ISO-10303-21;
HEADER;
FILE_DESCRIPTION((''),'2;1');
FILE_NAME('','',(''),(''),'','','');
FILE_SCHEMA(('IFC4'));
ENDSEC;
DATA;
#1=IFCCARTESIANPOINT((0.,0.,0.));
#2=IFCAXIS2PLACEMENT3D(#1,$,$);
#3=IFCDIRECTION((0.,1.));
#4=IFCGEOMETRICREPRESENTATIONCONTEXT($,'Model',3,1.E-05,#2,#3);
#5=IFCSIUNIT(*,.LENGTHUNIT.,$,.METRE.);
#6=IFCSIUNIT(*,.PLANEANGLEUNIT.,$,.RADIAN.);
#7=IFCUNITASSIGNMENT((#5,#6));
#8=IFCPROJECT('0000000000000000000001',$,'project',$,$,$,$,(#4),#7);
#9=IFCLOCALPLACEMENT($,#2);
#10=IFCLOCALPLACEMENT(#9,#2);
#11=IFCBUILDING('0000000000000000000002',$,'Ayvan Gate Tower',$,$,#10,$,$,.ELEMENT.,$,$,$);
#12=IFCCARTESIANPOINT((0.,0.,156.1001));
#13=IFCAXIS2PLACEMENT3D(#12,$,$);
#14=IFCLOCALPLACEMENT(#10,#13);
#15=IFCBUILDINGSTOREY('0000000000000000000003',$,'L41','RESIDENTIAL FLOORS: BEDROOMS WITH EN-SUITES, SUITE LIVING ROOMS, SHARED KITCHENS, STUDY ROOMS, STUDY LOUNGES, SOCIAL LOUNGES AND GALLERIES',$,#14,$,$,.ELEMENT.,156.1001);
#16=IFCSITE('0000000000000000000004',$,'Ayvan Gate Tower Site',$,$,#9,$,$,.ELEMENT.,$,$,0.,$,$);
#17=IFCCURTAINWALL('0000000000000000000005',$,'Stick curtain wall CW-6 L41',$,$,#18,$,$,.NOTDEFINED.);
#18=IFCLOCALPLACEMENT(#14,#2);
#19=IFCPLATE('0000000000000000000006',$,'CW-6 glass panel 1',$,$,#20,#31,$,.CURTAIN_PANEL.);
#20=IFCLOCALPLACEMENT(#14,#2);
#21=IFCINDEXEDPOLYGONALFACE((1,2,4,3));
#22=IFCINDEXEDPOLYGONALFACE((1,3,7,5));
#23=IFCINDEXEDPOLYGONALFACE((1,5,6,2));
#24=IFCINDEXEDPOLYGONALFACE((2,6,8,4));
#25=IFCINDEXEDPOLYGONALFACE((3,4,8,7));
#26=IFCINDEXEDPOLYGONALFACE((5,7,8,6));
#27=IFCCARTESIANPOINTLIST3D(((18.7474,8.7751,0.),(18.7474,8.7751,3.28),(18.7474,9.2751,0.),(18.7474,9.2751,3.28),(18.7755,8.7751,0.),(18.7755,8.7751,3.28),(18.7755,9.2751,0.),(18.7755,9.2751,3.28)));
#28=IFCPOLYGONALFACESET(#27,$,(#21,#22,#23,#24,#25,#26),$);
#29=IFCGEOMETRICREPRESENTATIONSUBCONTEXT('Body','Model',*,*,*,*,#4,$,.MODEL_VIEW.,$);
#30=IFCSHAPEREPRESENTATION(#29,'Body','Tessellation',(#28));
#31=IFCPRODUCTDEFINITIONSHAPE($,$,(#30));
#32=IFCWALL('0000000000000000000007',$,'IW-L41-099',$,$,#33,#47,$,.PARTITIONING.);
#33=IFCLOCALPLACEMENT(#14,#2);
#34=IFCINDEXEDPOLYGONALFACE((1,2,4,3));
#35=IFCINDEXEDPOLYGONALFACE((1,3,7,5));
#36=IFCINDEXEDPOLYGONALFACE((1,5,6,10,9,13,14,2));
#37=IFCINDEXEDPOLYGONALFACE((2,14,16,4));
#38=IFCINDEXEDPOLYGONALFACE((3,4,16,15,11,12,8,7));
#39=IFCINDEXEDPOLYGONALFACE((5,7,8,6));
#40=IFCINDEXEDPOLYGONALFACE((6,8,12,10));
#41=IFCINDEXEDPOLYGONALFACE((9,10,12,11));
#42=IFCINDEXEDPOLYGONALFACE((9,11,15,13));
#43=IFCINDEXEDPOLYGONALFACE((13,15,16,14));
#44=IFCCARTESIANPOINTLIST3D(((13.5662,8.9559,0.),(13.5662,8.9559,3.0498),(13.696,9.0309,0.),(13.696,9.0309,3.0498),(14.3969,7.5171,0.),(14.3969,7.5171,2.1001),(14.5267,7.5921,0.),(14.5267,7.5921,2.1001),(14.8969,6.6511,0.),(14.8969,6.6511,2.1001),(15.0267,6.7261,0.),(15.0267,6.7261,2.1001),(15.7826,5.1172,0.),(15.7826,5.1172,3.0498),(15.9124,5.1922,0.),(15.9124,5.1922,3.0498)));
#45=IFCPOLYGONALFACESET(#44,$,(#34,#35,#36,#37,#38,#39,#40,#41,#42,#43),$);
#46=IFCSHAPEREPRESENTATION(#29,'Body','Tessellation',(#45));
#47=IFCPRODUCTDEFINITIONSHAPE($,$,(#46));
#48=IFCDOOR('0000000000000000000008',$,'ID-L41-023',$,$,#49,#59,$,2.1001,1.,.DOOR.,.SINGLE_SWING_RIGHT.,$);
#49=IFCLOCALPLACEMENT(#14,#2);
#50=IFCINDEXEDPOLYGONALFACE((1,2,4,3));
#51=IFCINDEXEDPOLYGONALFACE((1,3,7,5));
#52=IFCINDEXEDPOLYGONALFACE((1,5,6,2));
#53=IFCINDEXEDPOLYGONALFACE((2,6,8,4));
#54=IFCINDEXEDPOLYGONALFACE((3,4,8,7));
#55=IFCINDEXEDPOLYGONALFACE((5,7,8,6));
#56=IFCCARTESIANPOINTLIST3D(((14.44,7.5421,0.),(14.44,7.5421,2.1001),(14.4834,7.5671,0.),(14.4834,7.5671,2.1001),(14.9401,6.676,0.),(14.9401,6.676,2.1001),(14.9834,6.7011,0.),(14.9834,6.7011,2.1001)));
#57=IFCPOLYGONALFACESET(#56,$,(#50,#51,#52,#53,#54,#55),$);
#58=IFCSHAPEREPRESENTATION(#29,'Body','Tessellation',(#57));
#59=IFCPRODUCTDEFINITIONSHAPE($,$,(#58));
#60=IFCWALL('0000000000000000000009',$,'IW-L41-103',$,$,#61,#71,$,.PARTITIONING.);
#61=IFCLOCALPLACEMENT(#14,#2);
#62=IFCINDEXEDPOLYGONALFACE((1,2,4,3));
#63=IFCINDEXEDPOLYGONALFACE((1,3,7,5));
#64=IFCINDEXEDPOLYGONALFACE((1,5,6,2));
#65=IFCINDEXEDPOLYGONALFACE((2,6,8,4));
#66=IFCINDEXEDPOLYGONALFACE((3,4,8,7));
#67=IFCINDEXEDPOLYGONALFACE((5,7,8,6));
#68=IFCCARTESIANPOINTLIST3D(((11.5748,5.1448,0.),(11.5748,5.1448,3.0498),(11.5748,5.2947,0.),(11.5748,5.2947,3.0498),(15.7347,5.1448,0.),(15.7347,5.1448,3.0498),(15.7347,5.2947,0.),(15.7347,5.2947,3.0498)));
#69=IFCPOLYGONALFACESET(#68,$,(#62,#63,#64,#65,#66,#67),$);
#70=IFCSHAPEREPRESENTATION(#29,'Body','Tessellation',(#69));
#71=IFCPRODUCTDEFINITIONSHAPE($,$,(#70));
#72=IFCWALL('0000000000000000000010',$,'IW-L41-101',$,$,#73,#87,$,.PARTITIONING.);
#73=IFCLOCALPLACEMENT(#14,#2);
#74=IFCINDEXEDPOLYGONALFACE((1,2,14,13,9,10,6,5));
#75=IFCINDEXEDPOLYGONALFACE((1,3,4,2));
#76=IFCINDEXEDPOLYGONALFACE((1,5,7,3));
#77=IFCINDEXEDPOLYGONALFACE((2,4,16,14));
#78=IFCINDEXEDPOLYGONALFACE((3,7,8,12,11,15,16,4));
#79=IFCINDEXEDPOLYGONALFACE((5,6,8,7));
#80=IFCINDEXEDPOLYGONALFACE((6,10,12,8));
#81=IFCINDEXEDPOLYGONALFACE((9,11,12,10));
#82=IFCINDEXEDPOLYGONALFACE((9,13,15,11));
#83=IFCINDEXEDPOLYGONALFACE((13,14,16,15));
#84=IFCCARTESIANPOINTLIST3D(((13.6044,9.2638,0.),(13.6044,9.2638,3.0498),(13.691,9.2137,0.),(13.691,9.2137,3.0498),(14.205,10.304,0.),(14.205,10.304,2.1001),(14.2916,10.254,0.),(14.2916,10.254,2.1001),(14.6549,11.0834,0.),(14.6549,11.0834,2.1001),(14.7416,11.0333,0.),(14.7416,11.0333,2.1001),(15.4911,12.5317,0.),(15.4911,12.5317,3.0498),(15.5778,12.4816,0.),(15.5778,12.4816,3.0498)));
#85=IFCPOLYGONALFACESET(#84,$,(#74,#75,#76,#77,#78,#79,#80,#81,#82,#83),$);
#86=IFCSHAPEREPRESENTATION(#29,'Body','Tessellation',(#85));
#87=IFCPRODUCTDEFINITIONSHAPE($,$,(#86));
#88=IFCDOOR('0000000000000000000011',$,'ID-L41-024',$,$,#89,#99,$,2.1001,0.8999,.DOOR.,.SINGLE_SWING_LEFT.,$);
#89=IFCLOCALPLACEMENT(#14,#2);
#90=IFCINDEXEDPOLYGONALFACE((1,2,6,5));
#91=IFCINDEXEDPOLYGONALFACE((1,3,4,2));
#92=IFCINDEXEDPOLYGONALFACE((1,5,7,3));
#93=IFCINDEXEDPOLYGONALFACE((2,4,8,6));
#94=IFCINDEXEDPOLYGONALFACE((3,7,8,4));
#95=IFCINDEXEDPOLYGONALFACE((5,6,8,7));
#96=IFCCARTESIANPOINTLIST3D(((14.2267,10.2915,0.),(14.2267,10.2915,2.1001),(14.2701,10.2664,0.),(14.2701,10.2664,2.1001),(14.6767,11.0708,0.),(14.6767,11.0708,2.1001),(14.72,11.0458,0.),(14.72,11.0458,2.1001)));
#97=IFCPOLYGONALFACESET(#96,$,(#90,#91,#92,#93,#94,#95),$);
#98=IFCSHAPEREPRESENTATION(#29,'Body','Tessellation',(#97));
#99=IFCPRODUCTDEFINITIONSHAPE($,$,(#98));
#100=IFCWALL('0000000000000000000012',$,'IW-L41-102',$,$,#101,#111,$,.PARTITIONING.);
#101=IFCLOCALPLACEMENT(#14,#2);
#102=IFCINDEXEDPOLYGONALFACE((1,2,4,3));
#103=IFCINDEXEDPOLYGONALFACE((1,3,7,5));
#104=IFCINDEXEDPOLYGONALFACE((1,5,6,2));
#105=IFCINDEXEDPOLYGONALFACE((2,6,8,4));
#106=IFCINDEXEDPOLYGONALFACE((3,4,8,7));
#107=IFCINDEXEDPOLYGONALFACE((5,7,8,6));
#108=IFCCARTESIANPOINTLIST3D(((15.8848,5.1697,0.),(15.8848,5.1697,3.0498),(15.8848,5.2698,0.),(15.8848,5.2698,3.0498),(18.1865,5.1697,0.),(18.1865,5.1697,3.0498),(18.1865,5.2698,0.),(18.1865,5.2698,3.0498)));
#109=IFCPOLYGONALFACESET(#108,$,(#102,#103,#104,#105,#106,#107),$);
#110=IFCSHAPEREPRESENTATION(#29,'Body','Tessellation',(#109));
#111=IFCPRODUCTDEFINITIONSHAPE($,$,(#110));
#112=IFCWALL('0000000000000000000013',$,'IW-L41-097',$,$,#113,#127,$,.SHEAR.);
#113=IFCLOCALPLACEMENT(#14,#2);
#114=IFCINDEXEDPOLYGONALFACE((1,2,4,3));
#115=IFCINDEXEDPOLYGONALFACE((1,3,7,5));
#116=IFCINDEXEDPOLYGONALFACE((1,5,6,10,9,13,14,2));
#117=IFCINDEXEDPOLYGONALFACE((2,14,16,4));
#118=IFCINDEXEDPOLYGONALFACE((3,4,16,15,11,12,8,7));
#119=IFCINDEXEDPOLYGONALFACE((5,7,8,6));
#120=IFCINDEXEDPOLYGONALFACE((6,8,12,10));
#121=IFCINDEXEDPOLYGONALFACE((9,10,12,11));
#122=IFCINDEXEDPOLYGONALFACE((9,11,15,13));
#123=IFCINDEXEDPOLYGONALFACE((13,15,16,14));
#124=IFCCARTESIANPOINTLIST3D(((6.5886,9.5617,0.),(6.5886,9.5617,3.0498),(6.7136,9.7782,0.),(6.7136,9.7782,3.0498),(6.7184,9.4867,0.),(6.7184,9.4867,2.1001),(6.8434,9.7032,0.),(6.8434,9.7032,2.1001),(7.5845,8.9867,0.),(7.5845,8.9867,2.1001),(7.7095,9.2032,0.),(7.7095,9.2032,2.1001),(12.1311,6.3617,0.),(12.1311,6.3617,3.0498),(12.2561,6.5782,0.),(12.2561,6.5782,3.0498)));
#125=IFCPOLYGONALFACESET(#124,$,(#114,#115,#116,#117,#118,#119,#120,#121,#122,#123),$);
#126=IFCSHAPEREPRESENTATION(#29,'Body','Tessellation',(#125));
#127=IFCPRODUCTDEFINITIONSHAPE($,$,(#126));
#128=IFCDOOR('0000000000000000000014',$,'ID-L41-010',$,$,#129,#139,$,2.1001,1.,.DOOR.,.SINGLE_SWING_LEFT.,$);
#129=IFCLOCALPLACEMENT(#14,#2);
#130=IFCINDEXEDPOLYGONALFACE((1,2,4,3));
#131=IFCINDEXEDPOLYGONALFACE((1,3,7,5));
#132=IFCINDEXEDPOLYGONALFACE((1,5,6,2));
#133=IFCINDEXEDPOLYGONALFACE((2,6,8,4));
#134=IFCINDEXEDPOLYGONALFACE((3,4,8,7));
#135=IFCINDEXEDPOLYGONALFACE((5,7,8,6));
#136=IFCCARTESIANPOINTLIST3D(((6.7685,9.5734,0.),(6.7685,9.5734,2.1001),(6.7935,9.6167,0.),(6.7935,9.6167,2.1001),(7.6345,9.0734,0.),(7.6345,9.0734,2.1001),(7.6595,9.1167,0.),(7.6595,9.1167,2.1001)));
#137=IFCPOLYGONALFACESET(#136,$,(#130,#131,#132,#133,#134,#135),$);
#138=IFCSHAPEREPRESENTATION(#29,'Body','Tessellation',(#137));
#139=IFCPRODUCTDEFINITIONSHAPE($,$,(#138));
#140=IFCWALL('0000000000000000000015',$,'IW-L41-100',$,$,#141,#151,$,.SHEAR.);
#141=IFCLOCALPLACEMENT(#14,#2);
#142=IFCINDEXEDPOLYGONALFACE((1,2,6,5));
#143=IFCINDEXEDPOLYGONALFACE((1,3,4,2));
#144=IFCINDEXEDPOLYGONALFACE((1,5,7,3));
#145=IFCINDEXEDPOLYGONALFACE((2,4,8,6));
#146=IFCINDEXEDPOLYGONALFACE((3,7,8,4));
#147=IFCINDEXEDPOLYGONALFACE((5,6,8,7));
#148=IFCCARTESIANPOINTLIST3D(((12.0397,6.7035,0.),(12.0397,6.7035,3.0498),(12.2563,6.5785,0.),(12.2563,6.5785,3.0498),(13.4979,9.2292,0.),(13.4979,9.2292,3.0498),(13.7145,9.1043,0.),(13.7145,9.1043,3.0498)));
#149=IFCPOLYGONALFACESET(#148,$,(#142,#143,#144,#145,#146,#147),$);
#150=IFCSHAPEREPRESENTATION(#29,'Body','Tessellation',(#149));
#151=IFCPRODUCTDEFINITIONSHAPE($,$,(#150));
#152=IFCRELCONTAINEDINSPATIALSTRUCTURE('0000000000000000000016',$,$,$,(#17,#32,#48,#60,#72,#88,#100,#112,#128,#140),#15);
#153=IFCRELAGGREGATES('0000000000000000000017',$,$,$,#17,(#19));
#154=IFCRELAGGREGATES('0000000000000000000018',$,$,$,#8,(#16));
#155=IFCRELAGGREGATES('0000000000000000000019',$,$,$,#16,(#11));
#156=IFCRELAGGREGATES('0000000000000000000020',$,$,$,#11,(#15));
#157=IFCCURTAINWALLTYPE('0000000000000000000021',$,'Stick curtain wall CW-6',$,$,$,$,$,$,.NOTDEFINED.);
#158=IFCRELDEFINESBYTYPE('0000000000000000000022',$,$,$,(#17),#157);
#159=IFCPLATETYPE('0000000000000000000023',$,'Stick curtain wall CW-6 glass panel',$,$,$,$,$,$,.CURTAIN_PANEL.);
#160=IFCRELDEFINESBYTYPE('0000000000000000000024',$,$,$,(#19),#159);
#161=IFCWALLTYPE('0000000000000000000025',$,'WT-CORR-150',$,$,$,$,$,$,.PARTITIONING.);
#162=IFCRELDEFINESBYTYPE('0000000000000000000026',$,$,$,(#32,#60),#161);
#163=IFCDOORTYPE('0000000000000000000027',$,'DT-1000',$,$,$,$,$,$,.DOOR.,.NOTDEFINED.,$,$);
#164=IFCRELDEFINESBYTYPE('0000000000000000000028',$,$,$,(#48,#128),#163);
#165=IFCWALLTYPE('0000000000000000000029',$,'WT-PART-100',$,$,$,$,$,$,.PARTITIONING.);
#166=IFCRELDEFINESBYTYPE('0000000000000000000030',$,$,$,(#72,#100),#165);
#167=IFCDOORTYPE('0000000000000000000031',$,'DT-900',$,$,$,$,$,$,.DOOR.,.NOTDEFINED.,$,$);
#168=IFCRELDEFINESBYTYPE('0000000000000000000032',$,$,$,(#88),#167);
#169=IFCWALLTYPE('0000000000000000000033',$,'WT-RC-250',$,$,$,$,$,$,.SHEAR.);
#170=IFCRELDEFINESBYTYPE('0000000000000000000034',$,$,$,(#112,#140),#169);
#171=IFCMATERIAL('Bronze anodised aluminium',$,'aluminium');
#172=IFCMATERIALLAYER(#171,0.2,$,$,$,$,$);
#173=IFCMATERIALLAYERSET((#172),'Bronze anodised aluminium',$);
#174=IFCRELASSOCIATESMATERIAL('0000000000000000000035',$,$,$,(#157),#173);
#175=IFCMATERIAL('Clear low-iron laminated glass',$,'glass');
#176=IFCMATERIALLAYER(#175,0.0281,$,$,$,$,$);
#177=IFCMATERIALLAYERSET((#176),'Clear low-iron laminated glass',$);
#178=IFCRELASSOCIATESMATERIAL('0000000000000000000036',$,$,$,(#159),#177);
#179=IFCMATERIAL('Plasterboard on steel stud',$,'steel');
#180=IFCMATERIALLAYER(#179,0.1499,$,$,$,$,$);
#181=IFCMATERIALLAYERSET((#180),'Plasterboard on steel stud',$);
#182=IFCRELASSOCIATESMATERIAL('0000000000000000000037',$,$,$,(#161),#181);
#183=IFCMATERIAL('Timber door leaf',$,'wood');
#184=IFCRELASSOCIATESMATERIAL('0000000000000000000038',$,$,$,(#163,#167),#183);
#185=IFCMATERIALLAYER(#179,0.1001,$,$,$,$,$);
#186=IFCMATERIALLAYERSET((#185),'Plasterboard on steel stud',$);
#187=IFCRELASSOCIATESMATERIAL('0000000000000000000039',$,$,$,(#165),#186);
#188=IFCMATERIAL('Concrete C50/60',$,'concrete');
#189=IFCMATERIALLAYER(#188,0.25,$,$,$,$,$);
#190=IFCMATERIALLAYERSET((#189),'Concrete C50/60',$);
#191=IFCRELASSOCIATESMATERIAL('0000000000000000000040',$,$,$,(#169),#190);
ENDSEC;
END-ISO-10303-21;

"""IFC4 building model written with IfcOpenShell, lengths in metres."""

from ifc_helpers import new_model, si_unit, direction, frame, frame_2d, origin, origin_2d, place, context, subcontext, project, spatial, rectangle, extrude, material, layer, layer_set, type_object, element, fill, aggregate, save


model = new_model("IFC4")

# Units and contexts
model_context = context("Model", 3, precision=1e-05, world=origin(), true_north=direction((0.0, 1.0)))
body_context = subcontext(model_context, "Body", "Model", "MODEL_VIEW")
ifc_project = project(units=[si_unit("LENGTHUNIT", "METRE"), si_unit("PLANEANGLEUNIT", "RADIAN")], contexts=[model_context])

# Site, building, storey
site_placement = place(None, origin())
site = spatial("IfcSite", under=ifc_project, at=site_placement, Name="Ayvan Gate Tower Site", CompositionType="ELEMENT", RefElevation=0.0)
building_placement = place(site_placement, origin())
building = spatial("IfcBuilding", under=site, at=building_placement, Name="Ayvan Gate Tower", CompositionType="ELEMENT")
storey_placement = place(building_placement, frame((0.0, 0.0, 156.1001)))
storey = spatial("IfcBuildingStorey", under=building, at=storey_placement, Name="L41", Description="RESIDENTIAL FLOORS: BEDROOMS WITH EN-SUITES, SUITE LIVING ROOMS, SHARED KITCHENS, STUDY ROOMS, STUDY LOUNGES, SOCIAL LOUNGES AND GALLERIES", CompositionType="ELEMENT", Elevation=156.1001)

# Curtain wall
ifc_material_1 = material(Name="Bronze anodised aluminium", Category="aluminium")
ifc_layer_1 = layer(ifc_material_1, 0.2)
ifc_layer_set_1 = layer_set([ifc_layer_1], Name="Bronze anodised aluminium")
curtain_wall_type_1 = type_object("IfcCurtainWallType", Name="Stick curtain wall CW-6", PredefinedType="NOTDEFINED", material=ifc_layer_set_1)
curtain_wall_1_placement = place(storey_placement, origin())
curtain_wall_1 = element("IfcCurtainWall", 1, at=curtain_wall_1_placement, inside=storey, type_object=curtain_wall_type_1, Name="Stick curtain wall CW-6 L41", PredefinedType="NOTDEFINED")

# Plate
ifc_material_2 = material(Name="Clear low-iron laminated glass", Category="glass")
ifc_layer_2 = layer(ifc_material_2, 0.0281)
ifc_layer_set_2 = layer_set([ifc_layer_2], Name="Clear low-iron laminated glass")
plate_type_1 = type_object("IfcPlateType", Name="Stick curtain wall CW-6 glass panel", PredefinedType="CURTAIN_PANEL", material=ifc_layer_set_2)
plate_1_placement = place(storey_placement, frame((18.7615, 9.0251, 0.0), z_axis=(0.0, 0.0, 1.0), x_axis=(0.0, 1.0, 0.0)))
plate_1 = element("IfcPlate", 2, at=plate_1_placement, type_object=plate_type_1, Name="CW-6 glass panel 1", PredefinedType="CURTAIN_PANEL", context=body_context, shape_type="SweptSolid", body=[
    extrude(rectangle(XDim=0.5, YDim=0.0281, at=origin_2d()), origin(), (0.0, 0.0, 1.0), 3.28),
])
aggregate(curtain_wall_1, [plate_1])

# Wall, opening, door
ifc_material_3 = material(Name="Plasterboard on steel stud", Category="steel")
ifc_layer_3 = layer(ifc_material_3, 0.1499)
ifc_layer_set_3 = layer_set([ifc_layer_3], Name="Plasterboard on steel stud")
wall_type_1 = type_object("IfcWallType", Name="WT-CORR-150", PredefinedType="PARTITIONING", material=ifc_layer_set_3)
wall_1_placement = place(storey_placement, frame((13.6311, 8.9934, 0.0), z_axis=(0.0, 0.0, 1.0), x_axis=(0.500013, -0.866018, 0.0)))
wall_1 = element("IfcWall", 3, at=wall_1_placement, inside=storey, type_object=wall_type_1, Name="IW-L41-099", PredefinedType="PARTITIONING", context=body_context, shape_type="SweptSolid", body=[
    extrude(rectangle(XDim=4.4326, YDim=0.1499, at=frame_2d((2.2163, 0.0))), origin(), (0.0, 0.0, 1.0), 3.0498),
])
opening_1_placement = place(wall_1_placement, frame((1.6614, 0.0, 0.0)))
opening_1 = element("IfcOpeningElement", 4, at=opening_1_placement, cuts=wall_1, PredefinedType="OPENING", context=body_context, shape_type="SweptSolid", body=[
    extrude(rectangle(XDim=1.0, YDim=2.1001, at=frame_2d((0.5, 1.05))), frame((0.0, 0.085, 0.0), z_axis=(0.0, -1.0, 0.0), x_axis=(1.0, 0.0, 0.0)), (0.0, 0.0, 1.0), 0.1699),
])
ifc_material_4 = material(Name="Timber door leaf", Category="wood")
door_type_1 = type_object("IfcDoorType", Name="DT-1000", OperationType="NOTDEFINED", PredefinedType="DOOR", material=ifc_material_4)
door_1_placement = place(opening_1_placement, origin())
door_1 = element("IfcDoor", 5, at=door_1_placement, inside=storey, type_object=door_type_1, Name="ID-L41-023", OperationType="SINGLE_SWING_RIGHT", OverallHeight=2.1001, OverallWidth=1.0, PredefinedType="DOOR", context=body_context, shape_type="SweptSolid", body=[
    extrude(rectangle(XDim=1.0, YDim=2.1001, at=frame_2d((0.5, 1.05))), frame((0.0, 0.0249, 0.0), z_axis=(0.0, -1.0, 0.0), x_axis=(1.0, 0.0, 0.0)), (0.0, 0.0, 1.0), 0.05),
])
fill(opening_1, door_1)

# Wall
wall_2_placement = place(storey_placement, frame((15.7349, 5.2197, 0.0), z_axis=(0.0, 0.0, 1.0), x_axis=(-1.0, 0.0, 0.0)))
element("IfcWall", 6, at=wall_2_placement, inside=storey, type_object=wall_type_1, Name="IW-L41-103", PredefinedType="PARTITIONING", context=body_context, shape_type="SweptSolid", body=[
    extrude(rectangle(XDim=4.1599, YDim=0.1499, at=frame_2d((2.0801, 0.0))), origin(), (0.0, 0.0, 1.0), 3.0498),
])

# Wall, opening, door
ifc_layer_4 = layer(ifc_material_3, 0.1001)
ifc_layer_set_4 = layer_set([ifc_layer_4], Name="Plasterboard on steel stud")
wall_type_2 = type_object("IfcWallType", Name="WT-PART-100", PredefinedType="PARTITIONING", material=ifc_layer_set_4)
wall_3_placement = place(storey_placement, frame((13.6477, 9.2388, 0.0), z_axis=(0.0, 0.0, 1.0), x_axis=(0.500008, 0.866021, 0.0)))
wall_3 = element("IfcWall", 7, at=wall_3_placement, inside=storey, type_object=wall_type_2, Name="IW-L41-101", PredefinedType="PARTITIONING", context=body_context, shape_type="SweptSolid", body=[
    extrude(rectangle(XDim=3.7734, YDim=0.1001, at=frame_2d((1.8867, 0.0))), origin(), (0.0, 0.0, 1.0), 3.0498),
])
opening_2_placement = place(wall_3_placement, frame((1.2012, 0.0, 0.0)))
opening_2 = element("IfcOpeningElement", 8, at=opening_2_placement, cuts=wall_3, PredefinedType="OPENING", context=body_context, shape_type="SweptSolid", body=[
    extrude(rectangle(XDim=0.8999, YDim=2.1001, at=frame_2d((0.45, 1.05))), frame((0.0, 0.0601, 0.0), z_axis=(0.0, -1.0, 0.0), x_axis=(1.0, 0.0, 0.0)), (0.0, 0.0, 1.0), 0.1201),
])
door_type_2 = type_object("IfcDoorType", Name="DT-900", OperationType="NOTDEFINED", PredefinedType="DOOR", material=ifc_material_4)
door_2_placement = place(opening_2_placement, origin())
door_2 = element("IfcDoor", 9, at=door_2_placement, inside=storey, type_object=door_type_2, Name="ID-L41-024", OperationType="SINGLE_SWING_LEFT", OverallHeight=2.1001, OverallWidth=0.8999, PredefinedType="DOOR", context=body_context, shape_type="SweptSolid", body=[
    extrude(rectangle(XDim=0.8999, YDim=2.1001, at=frame_2d((0.45, 1.05))), frame((0.0, 0.0249, 0.0), z_axis=(0.0, -1.0, 0.0), x_axis=(1.0, 0.0, 0.0)), (0.0, 0.0, 1.0), 0.05),
])
fill(opening_2, door_2)

# Wall
wall_4_placement = place(storey_placement, frame((15.8848, 5.2197, 0.0), z_axis=(0.0, 0.0, 1.0), x_axis=(1.0, 0.0, 0.0)))
element("IfcWall", 10, at=wall_4_placement, inside=storey, type_object=wall_type_2, Name="IW-L41-102", PredefinedType="PARTITIONING", context=body_context, shape_type="SweptSolid", body=[
    extrude(rectangle(XDim=2.3018, YDim=0.1001, at=frame_2d((1.1509, 0.0))), origin(), (0.0, 0.0, 1.0), 3.0498),
])

# Wall, opening, door
ifc_material_5 = material(Name="Concrete C50/60", Category="concrete")
ifc_layer_5 = layer(ifc_material_5, 0.25)
ifc_layer_set_5 = layer_set([ifc_layer_5], Name="Concrete C50/60")
wall_type_3 = type_object("IfcWallType", Name="WT-RC-250", PredefinedType="SHEAR", material=ifc_layer_set_5)
wall_5_placement = place(storey_placement, frame((12.1936, 6.47, 0.0), z_axis=(0.0, 0.0, 1.0), x_axis=(-0.866025, 0.5, 0.0)))
wall_5 = element("IfcWall", 11, at=wall_5_placement, inside=storey, type_object=wall_type_3, Name="IW-L41-097", PredefinedType="SHEAR", context=body_context, shape_type="SweptSolid", body=[
    extrude(rectangle(XDim=6.3999, YDim=0.25, at=frame_2d((3.2, 0.0))), origin(), (0.0, 0.0, 1.0), 3.0498),
])
opening_3_placement = place(wall_5_placement, frame((5.25, 0.0, 0.0)))
opening_3 = element("IfcOpeningElement", 12, at=opening_3_placement, cuts=wall_5, PredefinedType="OPENING", context=body_context, shape_type="SweptSolid", body=[
    extrude(rectangle(XDim=1.0, YDim=2.1001, at=frame_2d((0.5, 1.05))), frame((0.0, 0.135, 0.0), z_axis=(0.0, -1.0, 0.0), x_axis=(1.0, 0.0, 0.0)), (0.0, 0.0, 1.0), 0.27),
])
door_3_placement = place(opening_3_placement, origin())
door_3 = element("IfcDoor", 13, at=door_3_placement, inside=storey, type_object=door_type_1, Name="ID-L41-010", OperationType="SINGLE_SWING_LEFT", OverallHeight=2.1001, OverallWidth=1.0, PredefinedType="DOOR", context=body_context, shape_type="SweptSolid", body=[
    extrude(rectangle(XDim=1.0, YDim=2.1001, at=frame_2d((0.5, 1.05))), frame((0.0, 0.0249, 0.0), z_axis=(0.0, -1.0, 0.0), x_axis=(1.0, 0.0, 0.0)), (0.0, 0.0, 1.0), 0.05),
])
fill(opening_3, door_3)

# Wall
wall_6_placement = place(storey_placement, frame((13.6062, 9.1667, 0.0), z_axis=(0.0, 0.0, 1.0), x_axis=(-0.499983, -0.866035, 0.0)))
element("IfcWall", 14, at=wall_6_placement, inside=storey, type_object=wall_type_3, Name="IW-L41-100", PredefinedType="SHEAR", context=body_context, shape_type="SweptSolid", body=[
    extrude(rectangle(XDim=2.9165, YDim=0.25, at=frame_2d((1.4583, 0.0))), origin(), (0.0, 0.0, 1.0), 3.0498),
])

save(model, "model.ifc")
